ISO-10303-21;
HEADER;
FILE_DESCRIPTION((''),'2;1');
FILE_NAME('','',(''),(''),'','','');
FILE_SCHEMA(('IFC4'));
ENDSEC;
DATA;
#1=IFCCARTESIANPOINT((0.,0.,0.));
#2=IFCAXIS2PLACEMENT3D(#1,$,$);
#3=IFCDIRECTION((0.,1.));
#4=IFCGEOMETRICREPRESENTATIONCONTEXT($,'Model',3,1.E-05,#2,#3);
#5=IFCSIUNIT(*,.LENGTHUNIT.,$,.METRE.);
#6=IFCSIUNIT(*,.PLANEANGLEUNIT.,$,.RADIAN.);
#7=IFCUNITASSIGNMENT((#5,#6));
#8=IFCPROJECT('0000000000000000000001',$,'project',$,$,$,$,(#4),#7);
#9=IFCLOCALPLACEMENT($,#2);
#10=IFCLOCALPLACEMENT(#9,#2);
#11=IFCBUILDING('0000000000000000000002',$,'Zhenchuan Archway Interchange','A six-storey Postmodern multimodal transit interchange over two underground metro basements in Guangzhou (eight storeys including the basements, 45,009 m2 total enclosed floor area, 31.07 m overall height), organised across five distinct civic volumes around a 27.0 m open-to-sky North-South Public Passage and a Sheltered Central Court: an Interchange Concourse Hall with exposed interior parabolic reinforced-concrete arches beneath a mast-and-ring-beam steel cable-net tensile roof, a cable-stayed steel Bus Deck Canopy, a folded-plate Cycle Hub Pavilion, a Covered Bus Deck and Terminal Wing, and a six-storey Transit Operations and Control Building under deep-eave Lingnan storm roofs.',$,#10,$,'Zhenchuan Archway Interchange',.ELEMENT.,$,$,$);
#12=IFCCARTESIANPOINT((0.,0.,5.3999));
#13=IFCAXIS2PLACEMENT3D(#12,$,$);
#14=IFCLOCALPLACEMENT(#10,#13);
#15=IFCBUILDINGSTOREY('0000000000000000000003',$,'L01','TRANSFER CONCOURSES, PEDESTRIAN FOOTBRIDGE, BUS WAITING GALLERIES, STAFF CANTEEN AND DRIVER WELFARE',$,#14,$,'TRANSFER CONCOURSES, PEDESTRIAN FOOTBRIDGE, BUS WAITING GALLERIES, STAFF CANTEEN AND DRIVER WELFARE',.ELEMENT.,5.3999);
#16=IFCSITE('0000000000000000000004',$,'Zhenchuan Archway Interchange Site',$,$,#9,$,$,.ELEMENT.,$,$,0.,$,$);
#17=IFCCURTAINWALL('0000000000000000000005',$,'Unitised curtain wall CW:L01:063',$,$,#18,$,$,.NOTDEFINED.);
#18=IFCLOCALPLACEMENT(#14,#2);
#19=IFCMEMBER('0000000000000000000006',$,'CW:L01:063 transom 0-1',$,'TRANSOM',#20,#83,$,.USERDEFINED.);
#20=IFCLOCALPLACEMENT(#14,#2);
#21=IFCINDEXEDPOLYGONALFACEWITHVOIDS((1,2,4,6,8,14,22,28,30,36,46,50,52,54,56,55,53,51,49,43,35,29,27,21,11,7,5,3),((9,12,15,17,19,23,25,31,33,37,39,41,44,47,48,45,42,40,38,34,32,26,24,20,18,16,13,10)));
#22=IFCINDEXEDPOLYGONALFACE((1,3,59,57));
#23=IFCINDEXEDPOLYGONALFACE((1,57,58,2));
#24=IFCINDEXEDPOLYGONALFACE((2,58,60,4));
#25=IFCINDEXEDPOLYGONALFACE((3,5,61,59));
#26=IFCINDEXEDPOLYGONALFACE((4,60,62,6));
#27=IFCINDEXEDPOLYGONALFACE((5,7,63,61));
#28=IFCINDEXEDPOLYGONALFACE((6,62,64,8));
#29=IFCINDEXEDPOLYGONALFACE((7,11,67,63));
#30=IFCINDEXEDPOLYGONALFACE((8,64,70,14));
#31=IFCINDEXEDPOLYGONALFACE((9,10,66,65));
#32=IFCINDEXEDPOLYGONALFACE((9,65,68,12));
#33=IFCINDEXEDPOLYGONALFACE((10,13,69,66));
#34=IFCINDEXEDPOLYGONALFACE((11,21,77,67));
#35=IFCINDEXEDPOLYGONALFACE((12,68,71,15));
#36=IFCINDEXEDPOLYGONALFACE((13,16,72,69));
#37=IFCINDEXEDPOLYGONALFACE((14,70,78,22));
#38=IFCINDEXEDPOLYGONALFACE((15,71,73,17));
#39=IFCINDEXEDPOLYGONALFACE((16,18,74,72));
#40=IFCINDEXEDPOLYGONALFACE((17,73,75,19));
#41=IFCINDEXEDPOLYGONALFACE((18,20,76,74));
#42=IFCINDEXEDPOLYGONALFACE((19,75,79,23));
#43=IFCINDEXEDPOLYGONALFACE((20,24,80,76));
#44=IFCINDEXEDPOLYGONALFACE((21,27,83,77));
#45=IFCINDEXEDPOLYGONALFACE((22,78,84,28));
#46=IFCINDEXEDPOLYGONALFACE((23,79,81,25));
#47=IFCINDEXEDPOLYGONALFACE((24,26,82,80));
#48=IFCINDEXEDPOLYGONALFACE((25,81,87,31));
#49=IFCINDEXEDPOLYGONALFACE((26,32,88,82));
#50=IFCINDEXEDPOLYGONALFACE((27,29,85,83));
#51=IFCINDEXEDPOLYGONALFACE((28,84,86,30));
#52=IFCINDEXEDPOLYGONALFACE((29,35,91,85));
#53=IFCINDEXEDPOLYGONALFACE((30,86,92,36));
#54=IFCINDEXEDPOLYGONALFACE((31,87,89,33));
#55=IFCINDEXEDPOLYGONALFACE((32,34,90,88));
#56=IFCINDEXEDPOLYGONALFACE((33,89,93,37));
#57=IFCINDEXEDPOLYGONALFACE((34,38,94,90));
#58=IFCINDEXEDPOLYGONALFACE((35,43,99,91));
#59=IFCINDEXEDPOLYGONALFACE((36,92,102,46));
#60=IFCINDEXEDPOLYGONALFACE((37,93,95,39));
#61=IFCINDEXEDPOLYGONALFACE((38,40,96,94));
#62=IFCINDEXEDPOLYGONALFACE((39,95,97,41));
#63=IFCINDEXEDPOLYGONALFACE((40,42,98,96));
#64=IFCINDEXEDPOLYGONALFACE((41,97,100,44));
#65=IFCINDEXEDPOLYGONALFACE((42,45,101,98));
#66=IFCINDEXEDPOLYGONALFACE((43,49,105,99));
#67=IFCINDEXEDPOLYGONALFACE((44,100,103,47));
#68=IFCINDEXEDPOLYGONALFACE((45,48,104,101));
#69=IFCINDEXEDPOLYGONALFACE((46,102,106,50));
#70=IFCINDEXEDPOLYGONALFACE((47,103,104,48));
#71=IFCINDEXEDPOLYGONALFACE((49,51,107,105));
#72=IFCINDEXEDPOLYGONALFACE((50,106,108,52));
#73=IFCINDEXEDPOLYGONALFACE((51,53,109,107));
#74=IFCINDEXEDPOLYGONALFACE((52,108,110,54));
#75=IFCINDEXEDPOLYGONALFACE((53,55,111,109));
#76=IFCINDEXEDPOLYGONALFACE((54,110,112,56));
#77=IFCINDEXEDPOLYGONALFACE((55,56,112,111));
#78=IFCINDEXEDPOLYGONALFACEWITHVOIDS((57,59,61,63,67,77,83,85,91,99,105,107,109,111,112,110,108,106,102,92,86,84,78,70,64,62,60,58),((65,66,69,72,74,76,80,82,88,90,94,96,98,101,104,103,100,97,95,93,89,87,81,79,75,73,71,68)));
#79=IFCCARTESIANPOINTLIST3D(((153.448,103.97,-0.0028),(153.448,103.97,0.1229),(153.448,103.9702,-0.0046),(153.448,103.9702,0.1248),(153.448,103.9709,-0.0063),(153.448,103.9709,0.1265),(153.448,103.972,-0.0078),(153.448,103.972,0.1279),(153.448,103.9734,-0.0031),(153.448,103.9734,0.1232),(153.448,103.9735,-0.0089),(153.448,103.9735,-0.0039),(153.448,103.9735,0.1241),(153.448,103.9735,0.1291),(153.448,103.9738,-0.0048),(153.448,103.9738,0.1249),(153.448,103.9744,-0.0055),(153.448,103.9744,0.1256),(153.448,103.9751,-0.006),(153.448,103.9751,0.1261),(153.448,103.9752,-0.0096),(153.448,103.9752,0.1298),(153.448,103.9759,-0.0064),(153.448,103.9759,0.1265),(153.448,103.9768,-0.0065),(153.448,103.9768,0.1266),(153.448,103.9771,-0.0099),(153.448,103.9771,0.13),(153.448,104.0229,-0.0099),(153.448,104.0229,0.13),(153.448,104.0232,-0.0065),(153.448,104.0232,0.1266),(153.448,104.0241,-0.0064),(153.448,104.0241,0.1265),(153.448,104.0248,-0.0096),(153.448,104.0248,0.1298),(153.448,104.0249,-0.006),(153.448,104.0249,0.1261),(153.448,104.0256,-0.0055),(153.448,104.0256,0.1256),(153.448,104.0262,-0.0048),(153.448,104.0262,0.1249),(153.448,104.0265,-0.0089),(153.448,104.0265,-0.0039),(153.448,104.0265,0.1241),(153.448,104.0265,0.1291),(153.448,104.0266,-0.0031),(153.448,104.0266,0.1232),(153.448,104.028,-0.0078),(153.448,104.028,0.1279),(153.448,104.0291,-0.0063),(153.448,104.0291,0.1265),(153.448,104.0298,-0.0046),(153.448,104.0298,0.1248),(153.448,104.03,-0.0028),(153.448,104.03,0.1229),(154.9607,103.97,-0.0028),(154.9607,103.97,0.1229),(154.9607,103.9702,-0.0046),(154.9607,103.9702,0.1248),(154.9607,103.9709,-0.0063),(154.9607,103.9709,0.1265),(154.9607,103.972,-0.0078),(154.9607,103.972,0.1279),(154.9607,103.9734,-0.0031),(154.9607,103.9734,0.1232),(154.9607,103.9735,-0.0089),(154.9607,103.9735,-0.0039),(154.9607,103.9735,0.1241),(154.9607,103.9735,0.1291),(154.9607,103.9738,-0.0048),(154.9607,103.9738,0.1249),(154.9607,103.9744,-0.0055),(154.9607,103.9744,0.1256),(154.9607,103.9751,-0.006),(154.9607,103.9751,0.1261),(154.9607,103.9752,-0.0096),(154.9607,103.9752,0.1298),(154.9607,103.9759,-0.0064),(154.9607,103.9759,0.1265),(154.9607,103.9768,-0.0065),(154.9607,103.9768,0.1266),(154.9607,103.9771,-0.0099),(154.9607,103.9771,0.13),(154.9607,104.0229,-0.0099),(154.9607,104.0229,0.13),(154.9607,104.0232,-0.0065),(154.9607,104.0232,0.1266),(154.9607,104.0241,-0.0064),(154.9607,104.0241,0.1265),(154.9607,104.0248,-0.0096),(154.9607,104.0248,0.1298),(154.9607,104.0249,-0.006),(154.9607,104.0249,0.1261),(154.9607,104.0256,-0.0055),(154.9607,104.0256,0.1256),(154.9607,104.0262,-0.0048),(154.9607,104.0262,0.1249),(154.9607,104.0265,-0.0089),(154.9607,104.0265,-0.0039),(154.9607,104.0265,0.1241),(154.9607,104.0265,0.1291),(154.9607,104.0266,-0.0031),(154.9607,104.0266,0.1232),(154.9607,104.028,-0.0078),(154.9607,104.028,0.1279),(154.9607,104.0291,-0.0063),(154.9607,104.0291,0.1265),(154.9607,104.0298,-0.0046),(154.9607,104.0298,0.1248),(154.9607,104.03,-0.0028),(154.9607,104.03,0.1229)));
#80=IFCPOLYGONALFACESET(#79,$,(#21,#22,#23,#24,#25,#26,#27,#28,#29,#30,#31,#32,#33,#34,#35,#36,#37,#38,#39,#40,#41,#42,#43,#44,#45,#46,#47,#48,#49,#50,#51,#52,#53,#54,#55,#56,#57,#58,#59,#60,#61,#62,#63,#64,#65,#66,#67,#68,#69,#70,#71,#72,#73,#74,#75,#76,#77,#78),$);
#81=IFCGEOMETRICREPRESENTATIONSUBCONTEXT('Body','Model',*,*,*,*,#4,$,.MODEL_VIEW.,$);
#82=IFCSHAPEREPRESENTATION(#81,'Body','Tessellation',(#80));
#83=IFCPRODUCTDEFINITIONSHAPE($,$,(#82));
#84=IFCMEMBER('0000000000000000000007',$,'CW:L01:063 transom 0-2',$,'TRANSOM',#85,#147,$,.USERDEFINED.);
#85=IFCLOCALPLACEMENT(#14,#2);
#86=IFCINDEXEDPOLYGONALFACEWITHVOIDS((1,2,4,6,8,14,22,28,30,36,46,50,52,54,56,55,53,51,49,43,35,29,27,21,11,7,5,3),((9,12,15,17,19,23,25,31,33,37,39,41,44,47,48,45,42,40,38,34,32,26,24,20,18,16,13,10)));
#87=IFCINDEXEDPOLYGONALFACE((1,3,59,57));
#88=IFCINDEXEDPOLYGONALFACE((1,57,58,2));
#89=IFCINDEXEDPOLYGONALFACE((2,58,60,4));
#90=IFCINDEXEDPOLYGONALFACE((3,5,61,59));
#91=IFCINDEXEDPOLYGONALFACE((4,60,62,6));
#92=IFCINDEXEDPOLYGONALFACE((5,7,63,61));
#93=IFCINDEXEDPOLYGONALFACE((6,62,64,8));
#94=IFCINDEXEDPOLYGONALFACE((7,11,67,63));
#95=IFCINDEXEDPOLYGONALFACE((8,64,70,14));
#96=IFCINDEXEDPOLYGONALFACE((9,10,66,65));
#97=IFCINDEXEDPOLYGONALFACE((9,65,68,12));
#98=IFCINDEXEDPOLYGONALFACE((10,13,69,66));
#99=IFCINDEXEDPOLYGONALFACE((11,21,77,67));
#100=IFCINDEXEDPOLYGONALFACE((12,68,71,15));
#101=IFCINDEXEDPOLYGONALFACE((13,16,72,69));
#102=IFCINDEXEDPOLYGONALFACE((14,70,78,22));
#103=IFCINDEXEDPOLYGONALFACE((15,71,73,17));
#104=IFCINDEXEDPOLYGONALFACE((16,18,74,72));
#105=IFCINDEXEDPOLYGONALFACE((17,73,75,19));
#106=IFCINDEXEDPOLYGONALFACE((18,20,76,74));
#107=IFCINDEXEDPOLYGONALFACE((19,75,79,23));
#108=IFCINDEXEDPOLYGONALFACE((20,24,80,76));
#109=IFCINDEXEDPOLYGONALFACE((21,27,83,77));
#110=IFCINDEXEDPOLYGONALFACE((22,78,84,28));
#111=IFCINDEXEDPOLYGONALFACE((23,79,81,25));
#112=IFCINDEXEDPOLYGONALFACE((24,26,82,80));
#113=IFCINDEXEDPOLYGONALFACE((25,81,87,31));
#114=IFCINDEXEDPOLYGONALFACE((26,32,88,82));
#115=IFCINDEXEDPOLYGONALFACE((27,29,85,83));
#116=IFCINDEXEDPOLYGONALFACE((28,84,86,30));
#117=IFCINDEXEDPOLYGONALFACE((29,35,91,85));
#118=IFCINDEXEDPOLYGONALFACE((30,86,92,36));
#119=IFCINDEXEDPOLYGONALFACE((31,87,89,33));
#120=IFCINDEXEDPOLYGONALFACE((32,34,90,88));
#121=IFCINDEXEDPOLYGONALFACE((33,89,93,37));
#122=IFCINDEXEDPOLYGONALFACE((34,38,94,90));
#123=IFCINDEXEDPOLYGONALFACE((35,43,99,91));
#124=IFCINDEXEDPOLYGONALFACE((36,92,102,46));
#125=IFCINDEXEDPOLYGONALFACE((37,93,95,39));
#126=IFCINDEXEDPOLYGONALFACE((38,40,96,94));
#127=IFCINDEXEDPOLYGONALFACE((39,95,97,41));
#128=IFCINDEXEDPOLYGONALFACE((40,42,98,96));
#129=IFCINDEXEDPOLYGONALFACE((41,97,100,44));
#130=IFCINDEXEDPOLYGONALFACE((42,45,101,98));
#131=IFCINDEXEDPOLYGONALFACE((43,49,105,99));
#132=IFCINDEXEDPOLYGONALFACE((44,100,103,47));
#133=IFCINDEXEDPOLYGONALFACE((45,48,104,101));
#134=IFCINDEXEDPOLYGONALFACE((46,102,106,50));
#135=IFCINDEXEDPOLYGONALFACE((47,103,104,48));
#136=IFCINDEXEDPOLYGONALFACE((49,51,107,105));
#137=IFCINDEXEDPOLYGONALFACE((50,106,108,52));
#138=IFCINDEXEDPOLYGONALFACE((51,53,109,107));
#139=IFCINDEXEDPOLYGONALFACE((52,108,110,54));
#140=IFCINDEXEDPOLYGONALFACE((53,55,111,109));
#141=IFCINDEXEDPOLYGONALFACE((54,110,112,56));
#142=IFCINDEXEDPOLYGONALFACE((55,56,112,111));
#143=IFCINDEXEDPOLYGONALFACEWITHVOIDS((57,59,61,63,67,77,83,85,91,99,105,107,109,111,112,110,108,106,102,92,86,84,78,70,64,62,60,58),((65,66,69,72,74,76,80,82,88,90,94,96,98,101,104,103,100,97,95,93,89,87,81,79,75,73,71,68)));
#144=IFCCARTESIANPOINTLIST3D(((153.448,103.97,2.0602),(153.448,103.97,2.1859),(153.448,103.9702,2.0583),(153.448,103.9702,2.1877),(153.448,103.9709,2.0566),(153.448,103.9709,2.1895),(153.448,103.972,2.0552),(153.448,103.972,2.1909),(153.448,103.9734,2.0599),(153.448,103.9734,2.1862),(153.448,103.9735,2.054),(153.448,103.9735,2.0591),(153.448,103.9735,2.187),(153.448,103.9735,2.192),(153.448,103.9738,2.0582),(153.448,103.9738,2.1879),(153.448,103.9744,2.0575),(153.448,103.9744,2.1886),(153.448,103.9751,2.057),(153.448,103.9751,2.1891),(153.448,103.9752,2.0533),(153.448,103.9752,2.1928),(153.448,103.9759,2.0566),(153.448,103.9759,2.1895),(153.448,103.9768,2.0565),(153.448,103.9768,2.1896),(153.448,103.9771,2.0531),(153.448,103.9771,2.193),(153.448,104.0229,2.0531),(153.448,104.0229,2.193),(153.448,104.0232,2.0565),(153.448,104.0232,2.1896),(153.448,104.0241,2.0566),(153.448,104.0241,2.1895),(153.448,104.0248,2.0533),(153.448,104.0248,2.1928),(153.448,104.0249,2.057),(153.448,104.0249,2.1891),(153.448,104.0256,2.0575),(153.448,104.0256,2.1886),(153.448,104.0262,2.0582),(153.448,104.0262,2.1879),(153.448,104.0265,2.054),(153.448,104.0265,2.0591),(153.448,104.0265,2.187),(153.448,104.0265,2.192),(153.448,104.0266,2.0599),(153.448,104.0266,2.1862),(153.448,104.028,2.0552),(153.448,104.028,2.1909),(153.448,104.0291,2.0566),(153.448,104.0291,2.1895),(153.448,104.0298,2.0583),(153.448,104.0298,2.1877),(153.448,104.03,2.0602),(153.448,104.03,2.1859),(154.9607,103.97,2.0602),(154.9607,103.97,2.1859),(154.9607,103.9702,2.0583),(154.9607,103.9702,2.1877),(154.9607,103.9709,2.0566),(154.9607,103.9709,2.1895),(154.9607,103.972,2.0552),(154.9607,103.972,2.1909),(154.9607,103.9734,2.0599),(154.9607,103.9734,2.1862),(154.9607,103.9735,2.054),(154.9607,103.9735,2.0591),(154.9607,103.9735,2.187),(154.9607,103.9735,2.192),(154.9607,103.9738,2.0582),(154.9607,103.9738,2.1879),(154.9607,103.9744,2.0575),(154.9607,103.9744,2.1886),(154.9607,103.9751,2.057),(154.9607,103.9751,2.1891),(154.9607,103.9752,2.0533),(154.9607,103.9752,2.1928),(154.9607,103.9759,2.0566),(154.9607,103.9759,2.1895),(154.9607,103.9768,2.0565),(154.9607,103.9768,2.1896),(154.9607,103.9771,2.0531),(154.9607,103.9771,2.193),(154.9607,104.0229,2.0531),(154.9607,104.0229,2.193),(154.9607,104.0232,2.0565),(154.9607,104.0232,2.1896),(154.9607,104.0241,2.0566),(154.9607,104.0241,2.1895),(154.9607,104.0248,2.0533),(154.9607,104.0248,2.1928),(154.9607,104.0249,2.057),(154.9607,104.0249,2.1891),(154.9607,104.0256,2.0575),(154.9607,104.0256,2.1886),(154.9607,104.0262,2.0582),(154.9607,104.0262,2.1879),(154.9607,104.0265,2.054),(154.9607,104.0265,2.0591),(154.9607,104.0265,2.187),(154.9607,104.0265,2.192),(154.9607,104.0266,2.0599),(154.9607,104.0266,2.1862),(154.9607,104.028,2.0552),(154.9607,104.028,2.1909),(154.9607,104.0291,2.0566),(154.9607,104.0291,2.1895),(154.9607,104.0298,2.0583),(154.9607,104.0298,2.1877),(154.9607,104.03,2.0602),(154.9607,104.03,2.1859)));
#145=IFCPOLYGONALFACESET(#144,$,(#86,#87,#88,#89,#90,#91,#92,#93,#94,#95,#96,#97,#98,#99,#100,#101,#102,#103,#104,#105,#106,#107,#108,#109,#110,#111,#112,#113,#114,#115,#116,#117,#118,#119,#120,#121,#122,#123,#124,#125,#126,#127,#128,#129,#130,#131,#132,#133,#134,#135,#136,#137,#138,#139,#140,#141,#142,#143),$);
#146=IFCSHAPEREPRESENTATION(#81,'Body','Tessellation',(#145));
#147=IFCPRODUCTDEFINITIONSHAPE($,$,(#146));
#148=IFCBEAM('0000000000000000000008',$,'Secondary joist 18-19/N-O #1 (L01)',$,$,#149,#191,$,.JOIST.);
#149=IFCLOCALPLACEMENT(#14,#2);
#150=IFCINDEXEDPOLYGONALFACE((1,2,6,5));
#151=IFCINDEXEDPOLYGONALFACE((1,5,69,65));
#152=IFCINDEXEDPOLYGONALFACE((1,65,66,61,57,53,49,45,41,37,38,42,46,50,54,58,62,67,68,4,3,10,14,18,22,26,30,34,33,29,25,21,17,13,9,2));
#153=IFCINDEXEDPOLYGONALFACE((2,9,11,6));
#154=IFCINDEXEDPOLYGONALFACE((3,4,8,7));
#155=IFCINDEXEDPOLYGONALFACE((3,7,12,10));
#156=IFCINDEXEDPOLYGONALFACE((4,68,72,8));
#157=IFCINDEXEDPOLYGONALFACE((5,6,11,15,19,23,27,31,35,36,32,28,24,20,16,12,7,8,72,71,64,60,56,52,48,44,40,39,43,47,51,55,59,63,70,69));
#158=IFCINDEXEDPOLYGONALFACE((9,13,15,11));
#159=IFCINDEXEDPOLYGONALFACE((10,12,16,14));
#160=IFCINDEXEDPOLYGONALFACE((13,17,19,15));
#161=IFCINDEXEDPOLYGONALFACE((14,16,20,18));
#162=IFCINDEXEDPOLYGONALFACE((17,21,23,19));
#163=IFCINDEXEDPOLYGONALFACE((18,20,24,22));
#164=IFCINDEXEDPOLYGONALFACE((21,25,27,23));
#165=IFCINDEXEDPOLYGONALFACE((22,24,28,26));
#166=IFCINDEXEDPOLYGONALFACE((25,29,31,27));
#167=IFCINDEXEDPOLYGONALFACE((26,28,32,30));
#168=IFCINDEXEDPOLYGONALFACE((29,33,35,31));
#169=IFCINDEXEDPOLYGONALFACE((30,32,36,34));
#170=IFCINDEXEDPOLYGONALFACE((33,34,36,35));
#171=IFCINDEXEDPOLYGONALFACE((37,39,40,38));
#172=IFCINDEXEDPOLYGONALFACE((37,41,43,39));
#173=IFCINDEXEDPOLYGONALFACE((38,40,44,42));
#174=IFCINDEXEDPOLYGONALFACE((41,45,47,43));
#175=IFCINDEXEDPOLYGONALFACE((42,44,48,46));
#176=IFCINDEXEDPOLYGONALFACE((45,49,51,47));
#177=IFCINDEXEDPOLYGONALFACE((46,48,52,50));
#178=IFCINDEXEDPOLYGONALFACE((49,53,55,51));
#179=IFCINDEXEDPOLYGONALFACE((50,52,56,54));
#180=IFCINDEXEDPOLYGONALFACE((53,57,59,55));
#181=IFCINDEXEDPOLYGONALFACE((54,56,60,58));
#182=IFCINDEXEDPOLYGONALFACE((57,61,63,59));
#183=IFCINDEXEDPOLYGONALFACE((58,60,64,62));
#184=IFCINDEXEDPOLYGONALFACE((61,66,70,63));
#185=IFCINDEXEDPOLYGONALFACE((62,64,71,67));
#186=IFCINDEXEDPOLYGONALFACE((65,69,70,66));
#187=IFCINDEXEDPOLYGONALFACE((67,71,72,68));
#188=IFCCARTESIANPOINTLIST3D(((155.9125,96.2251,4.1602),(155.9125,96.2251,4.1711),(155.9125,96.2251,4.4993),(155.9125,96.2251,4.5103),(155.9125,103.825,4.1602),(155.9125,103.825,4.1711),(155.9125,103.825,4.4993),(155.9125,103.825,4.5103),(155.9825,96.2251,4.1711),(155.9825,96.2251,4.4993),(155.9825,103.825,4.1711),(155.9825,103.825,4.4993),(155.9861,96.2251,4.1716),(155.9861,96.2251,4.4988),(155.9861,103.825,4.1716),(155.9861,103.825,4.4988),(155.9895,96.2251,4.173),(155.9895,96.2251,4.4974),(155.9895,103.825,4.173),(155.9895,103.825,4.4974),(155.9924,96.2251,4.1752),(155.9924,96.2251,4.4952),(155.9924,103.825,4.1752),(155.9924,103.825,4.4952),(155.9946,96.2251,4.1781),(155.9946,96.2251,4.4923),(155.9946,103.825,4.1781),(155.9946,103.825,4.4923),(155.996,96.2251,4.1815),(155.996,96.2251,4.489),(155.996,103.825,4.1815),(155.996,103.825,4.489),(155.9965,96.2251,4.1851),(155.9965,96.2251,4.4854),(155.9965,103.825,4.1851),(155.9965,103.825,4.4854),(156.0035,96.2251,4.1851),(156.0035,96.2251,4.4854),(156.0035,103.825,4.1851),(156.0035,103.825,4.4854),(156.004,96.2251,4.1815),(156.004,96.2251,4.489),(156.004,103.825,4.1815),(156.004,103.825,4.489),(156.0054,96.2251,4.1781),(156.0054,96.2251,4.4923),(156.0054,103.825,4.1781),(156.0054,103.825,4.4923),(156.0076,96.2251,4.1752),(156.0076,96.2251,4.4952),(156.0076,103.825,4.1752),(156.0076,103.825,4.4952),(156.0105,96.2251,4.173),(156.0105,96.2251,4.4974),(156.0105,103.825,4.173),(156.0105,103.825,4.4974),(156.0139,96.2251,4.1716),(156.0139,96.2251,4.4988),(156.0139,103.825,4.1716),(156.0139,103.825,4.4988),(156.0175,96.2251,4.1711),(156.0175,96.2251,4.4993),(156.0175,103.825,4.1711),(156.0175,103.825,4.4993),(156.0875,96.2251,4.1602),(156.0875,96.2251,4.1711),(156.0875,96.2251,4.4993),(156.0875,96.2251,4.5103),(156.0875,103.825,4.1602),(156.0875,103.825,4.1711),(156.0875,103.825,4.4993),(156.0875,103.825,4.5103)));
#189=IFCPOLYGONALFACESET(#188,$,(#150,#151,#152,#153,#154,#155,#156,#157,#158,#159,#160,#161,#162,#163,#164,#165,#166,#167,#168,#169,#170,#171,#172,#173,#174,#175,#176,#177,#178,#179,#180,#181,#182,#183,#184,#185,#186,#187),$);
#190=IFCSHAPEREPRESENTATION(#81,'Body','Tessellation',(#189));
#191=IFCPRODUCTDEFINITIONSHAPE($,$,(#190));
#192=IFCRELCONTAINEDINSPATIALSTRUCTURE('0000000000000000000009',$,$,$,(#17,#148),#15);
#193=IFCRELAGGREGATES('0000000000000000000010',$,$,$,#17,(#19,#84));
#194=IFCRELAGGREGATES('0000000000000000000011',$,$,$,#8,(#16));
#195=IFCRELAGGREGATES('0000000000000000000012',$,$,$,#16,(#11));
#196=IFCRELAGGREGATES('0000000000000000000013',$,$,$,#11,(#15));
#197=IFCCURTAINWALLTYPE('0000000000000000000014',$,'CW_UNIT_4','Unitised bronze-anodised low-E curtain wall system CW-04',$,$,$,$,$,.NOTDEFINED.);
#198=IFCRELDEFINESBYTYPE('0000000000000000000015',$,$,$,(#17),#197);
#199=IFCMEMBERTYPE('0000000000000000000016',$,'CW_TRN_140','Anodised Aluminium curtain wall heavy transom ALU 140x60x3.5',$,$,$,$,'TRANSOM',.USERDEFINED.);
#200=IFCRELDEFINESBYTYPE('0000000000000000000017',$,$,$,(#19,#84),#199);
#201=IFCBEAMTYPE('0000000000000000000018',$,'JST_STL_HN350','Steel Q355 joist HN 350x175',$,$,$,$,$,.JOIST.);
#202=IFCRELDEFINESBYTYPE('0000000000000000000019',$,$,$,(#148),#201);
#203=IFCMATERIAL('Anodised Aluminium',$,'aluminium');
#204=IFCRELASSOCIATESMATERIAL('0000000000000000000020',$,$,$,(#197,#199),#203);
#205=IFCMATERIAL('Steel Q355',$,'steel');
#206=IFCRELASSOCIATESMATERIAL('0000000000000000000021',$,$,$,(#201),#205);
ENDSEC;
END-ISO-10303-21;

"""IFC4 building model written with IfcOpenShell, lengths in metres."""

from ifc_helpers import new_model, si_unit, direction, frame, origin, origin_2d, place, context, subcontext, project, spatial, hollow_rectangle, i_section, extrude, material, material_profile, profile_set, type_object, element, aggregate, save


model = new_model("IFC4")

# Units and contexts
model_context = context("Model", 3, precision=1e-05, world=origin(), true_north=direction((0.0, 1.0)))
body_context = subcontext(model_context, "Body", "Model", "MODEL_VIEW")
ifc_project = project(units=[si_unit("LENGTHUNIT", "METRE"), si_unit("PLANEANGLEUNIT", "RADIAN")], contexts=[model_context])

# Site, building, storey
site_placement = place(None, origin())
site = spatial("IfcSite", under=ifc_project, at=site_placement, Name="Zhenchuan Archway Interchange Site", CompositionType="ELEMENT", RefElevation=0.0)
building_placement = place(site_placement, origin())
building = spatial("IfcBuilding", under=site, at=building_placement, Name="Zhenchuan Archway Interchange", Description="A six-storey Postmodern multimodal transit interchange over two underground metro basements in Guangzhou (eight storeys including the basements, 45,009 m2 total enclosed floor area, 31.07 m overall height), organised across five distinct civic volumes around a 27.0 m open-to-sky North-South Public Passage and a Sheltered Central Court: an Interchange Concourse Hall with exposed interior parabolic reinforced-concrete arches beneath a mast-and-ring-beam steel cable-net tensile roof, a cable-stayed steel Bus Deck Canopy, a folded-plate Cycle Hub Pavilion, a Covered Bus Deck and Terminal Wing, and a six-storey Transit Operations and Control Building under deep-eave Lingnan storm roofs.", LongName="Zhenchuan Archway Interchange", CompositionType="ELEMENT")
storey_placement = place(building_placement, frame((0.0, 0.0, 5.3999)))
storey = spatial("IfcBuildingStorey", under=building, at=storey_placement, Name="L01", Description="TRANSFER CONCOURSES, PEDESTRIAN FOOTBRIDGE, BUS WAITING GALLERIES, STAFF CANTEEN AND DRIVER WELFARE", LongName="TRANSFER CONCOURSES, PEDESTRIAN FOOTBRIDGE, BUS WAITING GALLERIES, STAFF CANTEEN AND DRIVER WELFARE", CompositionType="ELEMENT", Elevation=5.3999)

# Curtain wall, members
ifc_material_1 = material(Name="Anodised Aluminium", Category="aluminium")
curtain_wall_type = type_object("IfcCurtainWallType", Name="CW_UNIT_4", Description="Unitised bronze-anodised low-E curtain wall system CW-04", PredefinedType="NOTDEFINED", material=ifc_material_1)
curtain_wall_placement = place(storey_placement, origin())
curtain_wall = element("IfcCurtainWall", 1, at=curtain_wall_placement, inside=storey, type_object=curtain_wall_type, Name="Unitised curtain wall CW:L01:063", PredefinedType="NOTDEFINED")
ifc_material_profile_1 = material_profile(ifc_material_1, hollow_rectangle(XDim=0.0601, YDim=0.1399, WallThickness=0.0034, InnerFilletRadius=0.0034, OuterFilletRadius=0.0071, at=origin_2d()), Name="ALU 140x60x3.5")
ifc_profile_set_1 = profile_set([ifc_material_profile_1], Name="Anodised Aluminium")
member_type_1 = type_object("IfcMemberType", Name="CW_TRN_140", Description="Anodised Aluminium curtain wall heavy transom ALU 140x60x3.5", ElementType="TRANSOM", PredefinedType="USERDEFINED", material=ifc_profile_set_1)
member_1_placement = place(storey_placement, frame((153.448, 104.0, 0.0601), z_axis=(1.0, 0.0, 0.0), x_axis=(0.0, 1.0, 0.0)))
member_1 = element("IfcMember", 2, at=member_1_placement, type_object=member_type_1, Name="CW:L01:063 transom 0-1", ObjectType="TRANSOM", PredefinedType="USERDEFINED", context=body_context, shape_type="SweptSolid", body=[
    extrude(hollow_rectangle(XDim=0.0601, YDim=0.1399, WallThickness=0.0034, InnerFilletRadius=0.0034, OuterFilletRadius=0.0071, at=origin_2d()), origin(), (0.0, 0.0, 1.0), 1.5127),
])
member_2_placement = place(storey_placement, frame((153.448, 104.0, 2.123), z_axis=(1.0, 0.0, 0.0), x_axis=(0.0, 1.0, 0.0)))
member_2 = element("IfcMember", 3, at=member_2_placement, type_object=member_type_1, Name="CW:L01:063 transom 0-2", ObjectType="TRANSOM", PredefinedType="USERDEFINED", context=body_context, shape_type="SweptSolid", body=[
    extrude(hollow_rectangle(XDim=0.0601, YDim=0.1399, WallThickness=0.0034, InnerFilletRadius=0.0034, OuterFilletRadius=0.0071, at=origin_2d()), origin(), (0.0, 0.0, 1.0), 1.5127),
])
aggregate(curtain_wall, [member_1, member_2])

# Beam
ifc_material_2 = material(Name="Steel Q355", Category="steel")
ifc_material_profile_2 = material_profile(ifc_material_2, i_section(OverallWidth=0.175, OverallDepth=0.3501, WebThickness=0.0071, FlangeThickness=0.011, FilletRadius=0.0139, at=origin_2d()), Name="HN 350x175")
ifc_profile_set_2 = profile_set([ifc_material_profile_2], Name="Steel Q355")
beam_type_1 = type_object("IfcBeamType", Name="JST_STL_HN350", Description="Steel Q355 joist HN 350x175", PredefinedType="JOIST", material=ifc_profile_set_2)
for number, where, z_axis, x_axis, name in (
    (4, (156.0, 96.2251, 4.3352), (0.0, 1.0, 0.0), (-1.0, 0.0, 0.0), "Secondary joist 18-19/N-O #1 (L01)"),
):
    element("IfcBeam", number, at=place(storey_placement, frame(where, z_axis=z_axis, x_axis=x_axis)), inside=storey, type_object=beam_type_1, Name=name, PredefinedType="JOIST", context=body_context, shape_type="SweptSolid", body=[
        extrude(i_section(OverallWidth=0.175, OverallDepth=0.3501, WebThickness=0.0071, FlangeThickness=0.011, FilletRadius=0.0139, at=origin_2d()), origin(), (0.0, 0.0, 1.0), 7.5999),
    ])

save(model, "model.ifc")
